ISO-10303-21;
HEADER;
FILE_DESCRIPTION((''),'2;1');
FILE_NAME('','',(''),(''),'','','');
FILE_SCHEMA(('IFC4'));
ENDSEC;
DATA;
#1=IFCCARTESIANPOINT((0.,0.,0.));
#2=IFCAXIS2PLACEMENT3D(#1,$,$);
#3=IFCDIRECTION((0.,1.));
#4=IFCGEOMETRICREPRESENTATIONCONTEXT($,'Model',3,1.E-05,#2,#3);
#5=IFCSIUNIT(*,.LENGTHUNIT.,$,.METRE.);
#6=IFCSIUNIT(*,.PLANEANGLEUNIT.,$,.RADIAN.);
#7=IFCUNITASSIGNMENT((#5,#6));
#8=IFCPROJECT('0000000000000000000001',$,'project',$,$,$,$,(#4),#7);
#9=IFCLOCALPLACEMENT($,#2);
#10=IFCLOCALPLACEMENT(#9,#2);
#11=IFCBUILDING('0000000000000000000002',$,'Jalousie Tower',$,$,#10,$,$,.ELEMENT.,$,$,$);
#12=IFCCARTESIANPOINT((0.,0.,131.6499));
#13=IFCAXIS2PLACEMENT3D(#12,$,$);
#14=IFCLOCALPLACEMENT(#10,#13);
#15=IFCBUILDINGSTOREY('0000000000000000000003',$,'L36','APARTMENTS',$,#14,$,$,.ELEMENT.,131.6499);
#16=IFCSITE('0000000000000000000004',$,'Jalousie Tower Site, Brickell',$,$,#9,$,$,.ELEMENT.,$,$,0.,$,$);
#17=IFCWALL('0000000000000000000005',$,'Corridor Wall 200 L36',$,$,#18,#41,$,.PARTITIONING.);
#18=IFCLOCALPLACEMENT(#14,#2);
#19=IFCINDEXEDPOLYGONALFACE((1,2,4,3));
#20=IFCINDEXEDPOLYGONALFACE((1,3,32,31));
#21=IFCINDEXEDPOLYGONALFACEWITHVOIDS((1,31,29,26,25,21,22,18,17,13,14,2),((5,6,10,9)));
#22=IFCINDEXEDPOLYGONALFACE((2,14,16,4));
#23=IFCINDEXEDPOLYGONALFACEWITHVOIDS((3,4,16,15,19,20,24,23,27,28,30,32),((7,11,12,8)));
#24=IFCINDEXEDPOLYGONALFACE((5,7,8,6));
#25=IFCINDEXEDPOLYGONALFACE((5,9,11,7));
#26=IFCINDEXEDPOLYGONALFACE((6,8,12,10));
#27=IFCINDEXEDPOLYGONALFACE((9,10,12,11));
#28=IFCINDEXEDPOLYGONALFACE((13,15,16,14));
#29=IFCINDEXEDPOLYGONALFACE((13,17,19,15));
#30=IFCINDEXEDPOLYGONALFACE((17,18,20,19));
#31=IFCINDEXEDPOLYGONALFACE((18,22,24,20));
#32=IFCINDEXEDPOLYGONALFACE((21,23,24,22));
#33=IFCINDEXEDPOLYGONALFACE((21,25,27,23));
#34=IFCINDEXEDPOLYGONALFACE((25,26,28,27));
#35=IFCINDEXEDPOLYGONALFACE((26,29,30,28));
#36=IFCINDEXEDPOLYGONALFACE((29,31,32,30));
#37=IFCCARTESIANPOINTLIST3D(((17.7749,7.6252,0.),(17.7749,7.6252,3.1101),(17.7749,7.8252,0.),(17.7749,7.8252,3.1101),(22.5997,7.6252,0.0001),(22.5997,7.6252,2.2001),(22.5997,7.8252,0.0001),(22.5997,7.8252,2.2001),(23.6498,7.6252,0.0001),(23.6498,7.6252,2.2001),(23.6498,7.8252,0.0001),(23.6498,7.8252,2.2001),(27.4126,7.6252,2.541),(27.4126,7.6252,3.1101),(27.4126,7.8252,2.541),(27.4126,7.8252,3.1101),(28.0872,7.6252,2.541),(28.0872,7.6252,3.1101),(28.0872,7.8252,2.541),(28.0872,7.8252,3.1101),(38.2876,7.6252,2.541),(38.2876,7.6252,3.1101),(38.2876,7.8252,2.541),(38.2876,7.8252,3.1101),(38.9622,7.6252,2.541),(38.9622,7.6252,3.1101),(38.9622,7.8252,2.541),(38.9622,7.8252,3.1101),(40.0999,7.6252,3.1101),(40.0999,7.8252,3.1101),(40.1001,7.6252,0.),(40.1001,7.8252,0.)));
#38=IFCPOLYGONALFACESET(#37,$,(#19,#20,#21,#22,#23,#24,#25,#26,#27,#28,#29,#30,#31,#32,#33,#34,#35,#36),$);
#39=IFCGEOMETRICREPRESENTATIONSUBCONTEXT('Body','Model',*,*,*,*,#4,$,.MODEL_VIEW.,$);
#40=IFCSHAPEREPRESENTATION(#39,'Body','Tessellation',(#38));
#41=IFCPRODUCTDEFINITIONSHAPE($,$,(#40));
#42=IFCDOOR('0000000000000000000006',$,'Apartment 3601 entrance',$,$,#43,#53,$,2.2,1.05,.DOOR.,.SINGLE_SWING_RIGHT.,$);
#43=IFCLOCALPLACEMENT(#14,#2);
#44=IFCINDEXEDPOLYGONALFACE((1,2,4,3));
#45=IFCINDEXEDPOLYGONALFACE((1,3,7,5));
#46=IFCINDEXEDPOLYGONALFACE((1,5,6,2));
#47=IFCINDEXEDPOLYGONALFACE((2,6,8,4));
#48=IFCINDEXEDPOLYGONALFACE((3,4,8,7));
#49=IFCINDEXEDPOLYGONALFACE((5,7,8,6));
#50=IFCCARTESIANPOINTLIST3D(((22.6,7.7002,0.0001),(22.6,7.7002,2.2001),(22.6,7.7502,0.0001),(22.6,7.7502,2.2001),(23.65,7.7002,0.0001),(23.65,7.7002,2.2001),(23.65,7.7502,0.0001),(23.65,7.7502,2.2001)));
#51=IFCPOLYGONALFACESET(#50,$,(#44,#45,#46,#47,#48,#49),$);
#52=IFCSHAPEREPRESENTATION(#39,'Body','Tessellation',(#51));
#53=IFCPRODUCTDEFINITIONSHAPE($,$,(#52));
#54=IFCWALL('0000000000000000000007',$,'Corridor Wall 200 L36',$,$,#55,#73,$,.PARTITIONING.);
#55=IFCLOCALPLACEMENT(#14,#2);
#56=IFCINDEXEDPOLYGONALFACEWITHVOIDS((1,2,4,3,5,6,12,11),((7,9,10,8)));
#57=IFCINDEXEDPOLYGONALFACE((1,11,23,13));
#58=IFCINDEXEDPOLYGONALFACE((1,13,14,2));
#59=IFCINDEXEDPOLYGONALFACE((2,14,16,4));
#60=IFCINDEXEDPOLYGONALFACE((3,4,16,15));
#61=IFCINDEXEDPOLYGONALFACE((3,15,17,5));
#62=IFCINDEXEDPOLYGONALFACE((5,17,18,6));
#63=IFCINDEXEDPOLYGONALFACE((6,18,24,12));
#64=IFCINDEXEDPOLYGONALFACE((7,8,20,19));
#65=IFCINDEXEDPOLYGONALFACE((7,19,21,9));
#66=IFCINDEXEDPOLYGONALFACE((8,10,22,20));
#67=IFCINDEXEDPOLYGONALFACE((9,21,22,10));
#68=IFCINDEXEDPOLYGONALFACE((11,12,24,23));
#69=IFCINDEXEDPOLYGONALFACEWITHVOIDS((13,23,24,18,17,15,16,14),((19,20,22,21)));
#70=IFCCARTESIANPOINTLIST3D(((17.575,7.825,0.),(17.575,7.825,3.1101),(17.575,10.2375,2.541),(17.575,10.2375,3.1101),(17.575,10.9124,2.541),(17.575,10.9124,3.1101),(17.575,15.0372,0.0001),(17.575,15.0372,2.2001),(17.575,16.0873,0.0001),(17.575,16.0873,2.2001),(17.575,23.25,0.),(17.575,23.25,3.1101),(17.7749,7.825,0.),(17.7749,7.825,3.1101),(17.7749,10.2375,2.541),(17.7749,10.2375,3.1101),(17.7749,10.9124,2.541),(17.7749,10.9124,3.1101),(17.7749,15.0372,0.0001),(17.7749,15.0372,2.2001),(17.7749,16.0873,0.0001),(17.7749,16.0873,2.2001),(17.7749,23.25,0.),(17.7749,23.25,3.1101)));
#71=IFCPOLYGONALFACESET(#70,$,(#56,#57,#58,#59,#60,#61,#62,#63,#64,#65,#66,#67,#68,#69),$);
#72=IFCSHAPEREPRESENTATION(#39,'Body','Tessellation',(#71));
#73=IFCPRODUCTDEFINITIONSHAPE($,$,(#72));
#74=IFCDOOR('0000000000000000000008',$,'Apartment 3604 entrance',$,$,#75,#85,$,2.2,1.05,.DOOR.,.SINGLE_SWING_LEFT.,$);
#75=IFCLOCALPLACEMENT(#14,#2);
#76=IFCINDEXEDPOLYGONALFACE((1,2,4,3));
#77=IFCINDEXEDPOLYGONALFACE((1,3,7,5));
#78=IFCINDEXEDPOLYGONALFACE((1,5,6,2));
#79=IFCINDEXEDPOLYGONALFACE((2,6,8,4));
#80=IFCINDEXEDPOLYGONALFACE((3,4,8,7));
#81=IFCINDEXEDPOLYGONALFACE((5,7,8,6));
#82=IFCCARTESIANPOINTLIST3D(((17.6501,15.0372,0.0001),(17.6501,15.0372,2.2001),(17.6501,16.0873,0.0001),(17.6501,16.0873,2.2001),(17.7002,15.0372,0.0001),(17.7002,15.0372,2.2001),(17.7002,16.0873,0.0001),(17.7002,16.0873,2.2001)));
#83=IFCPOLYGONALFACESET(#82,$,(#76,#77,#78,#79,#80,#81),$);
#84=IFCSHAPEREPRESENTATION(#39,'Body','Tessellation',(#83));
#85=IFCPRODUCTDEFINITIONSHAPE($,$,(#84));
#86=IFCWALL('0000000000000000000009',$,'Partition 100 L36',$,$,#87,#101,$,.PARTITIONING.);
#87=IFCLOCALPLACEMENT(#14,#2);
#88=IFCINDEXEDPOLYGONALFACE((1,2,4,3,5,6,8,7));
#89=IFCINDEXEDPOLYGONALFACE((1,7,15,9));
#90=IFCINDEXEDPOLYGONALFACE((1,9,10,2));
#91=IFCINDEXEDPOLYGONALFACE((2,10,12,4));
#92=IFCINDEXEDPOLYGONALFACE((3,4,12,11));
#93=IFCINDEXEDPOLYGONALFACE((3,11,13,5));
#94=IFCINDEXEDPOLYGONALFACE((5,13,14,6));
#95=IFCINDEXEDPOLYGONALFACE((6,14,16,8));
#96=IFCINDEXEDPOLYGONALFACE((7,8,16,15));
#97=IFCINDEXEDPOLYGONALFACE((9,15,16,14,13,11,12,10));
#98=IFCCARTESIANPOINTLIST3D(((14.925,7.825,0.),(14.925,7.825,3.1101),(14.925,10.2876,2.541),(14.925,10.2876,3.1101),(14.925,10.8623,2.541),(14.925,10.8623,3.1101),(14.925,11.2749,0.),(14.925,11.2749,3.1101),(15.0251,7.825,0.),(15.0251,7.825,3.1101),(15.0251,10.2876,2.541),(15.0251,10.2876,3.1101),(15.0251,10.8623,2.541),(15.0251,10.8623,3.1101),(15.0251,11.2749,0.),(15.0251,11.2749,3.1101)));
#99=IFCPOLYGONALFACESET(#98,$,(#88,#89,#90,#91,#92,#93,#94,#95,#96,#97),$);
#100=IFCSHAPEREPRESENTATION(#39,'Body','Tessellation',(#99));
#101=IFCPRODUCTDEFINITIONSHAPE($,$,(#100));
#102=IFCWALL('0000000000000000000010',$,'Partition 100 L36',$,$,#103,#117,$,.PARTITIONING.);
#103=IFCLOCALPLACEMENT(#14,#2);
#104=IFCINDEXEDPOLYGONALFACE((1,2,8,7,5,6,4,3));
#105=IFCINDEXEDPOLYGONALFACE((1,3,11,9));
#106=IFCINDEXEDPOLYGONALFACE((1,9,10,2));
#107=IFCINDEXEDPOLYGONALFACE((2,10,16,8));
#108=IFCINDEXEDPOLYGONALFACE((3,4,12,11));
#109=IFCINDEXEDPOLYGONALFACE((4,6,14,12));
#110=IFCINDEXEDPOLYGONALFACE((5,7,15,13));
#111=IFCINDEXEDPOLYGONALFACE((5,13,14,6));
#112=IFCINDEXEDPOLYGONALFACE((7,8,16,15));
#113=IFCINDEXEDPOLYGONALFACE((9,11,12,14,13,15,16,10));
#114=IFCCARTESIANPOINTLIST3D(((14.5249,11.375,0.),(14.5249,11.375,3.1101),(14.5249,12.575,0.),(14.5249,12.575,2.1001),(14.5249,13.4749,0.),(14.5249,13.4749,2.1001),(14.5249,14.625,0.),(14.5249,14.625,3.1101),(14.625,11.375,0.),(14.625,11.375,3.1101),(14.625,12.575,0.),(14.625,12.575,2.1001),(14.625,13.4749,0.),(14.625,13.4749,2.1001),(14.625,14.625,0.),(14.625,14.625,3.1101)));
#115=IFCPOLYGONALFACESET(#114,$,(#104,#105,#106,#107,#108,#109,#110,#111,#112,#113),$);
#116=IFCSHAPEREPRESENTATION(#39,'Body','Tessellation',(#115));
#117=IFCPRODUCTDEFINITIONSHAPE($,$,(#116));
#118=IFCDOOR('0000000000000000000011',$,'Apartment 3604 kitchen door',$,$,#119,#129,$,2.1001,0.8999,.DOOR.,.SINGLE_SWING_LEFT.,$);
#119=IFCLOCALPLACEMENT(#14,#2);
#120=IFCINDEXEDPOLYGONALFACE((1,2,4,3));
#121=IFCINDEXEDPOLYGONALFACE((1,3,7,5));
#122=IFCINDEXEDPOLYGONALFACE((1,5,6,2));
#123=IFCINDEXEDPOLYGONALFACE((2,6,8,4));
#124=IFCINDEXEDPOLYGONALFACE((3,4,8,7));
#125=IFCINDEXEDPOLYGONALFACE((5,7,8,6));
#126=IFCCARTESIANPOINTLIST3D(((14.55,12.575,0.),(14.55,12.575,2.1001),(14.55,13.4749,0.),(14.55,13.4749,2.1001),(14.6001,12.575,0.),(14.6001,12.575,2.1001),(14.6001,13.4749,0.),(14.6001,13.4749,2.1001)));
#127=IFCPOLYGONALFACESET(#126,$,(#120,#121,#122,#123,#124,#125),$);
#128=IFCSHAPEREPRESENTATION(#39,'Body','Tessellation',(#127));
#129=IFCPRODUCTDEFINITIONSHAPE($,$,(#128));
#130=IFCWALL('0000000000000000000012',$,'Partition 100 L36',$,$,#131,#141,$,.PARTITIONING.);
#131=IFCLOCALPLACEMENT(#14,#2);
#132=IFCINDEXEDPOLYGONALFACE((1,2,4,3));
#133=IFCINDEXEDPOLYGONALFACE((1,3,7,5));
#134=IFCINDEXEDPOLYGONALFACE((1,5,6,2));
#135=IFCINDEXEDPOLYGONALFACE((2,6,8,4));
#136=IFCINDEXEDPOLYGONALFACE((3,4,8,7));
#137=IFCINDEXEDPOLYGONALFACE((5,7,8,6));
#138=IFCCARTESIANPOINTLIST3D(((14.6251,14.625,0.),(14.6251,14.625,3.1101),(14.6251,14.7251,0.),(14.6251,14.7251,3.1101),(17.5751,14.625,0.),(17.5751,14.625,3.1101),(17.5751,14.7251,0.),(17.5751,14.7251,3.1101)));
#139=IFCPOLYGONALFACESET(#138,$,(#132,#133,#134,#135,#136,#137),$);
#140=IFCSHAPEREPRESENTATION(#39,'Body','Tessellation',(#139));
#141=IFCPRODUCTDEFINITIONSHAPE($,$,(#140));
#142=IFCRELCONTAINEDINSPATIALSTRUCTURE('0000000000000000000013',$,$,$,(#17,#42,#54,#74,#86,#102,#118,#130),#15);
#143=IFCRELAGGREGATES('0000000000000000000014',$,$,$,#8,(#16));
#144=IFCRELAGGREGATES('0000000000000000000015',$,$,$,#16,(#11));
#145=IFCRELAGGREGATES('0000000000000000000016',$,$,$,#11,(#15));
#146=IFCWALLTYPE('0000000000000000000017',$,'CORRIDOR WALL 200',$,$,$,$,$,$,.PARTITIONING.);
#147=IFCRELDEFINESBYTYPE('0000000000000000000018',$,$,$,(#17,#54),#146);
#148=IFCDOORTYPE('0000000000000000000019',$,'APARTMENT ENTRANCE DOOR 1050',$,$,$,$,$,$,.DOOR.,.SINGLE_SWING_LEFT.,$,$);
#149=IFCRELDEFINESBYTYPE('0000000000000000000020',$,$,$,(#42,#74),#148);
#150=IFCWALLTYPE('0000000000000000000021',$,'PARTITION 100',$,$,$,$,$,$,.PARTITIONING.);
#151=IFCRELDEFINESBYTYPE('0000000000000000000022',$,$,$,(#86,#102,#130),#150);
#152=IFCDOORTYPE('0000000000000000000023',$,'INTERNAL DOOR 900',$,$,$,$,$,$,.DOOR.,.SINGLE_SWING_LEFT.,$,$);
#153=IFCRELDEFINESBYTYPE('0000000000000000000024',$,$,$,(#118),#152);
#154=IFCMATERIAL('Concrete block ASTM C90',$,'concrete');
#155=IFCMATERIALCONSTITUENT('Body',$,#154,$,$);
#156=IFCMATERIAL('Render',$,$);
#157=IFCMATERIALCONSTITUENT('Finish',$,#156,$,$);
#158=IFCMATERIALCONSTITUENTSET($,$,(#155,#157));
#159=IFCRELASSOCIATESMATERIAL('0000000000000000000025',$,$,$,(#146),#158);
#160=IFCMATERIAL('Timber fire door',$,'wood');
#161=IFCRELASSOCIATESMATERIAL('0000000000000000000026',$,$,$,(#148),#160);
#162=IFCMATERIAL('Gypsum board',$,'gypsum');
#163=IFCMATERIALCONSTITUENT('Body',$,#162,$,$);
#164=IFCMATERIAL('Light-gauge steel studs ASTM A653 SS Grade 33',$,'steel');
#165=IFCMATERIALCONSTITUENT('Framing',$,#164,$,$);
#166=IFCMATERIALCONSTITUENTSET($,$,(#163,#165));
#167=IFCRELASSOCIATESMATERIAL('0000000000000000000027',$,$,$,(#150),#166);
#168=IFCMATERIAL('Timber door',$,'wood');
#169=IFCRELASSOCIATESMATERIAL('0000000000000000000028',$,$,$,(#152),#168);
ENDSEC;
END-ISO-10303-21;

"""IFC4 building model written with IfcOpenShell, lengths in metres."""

from ifc_helpers import new_model, si_unit, direction, frame, frame_2d, origin, place, context, subcontext, project, spatial, polyline, rectangle, outline, extrude, material, constituent, constituent_set, type_object, element, fill, save


model = new_model("IFC4")

# Units and contexts
model_context = context("Model", 3, precision=1e-05, world=origin(), true_north=direction((0.0, 1.0)))
body_context = subcontext(model_context, "Body", "Model", "MODEL_VIEW")
ifc_project = project(units=[si_unit("LENGTHUNIT", "METRE"), si_unit("PLANEANGLEUNIT", "RADIAN")], contexts=[model_context])

# Site, building, storey
site_placement = place(None, origin())
site = spatial("IfcSite", under=ifc_project, at=site_placement, Name="Jalousie Tower Site, Brickell", CompositionType="ELEMENT", RefElevation=0.0)
building_placement = place(site_placement, origin())
building = spatial("IfcBuilding", under=site, at=building_placement, Name="Jalousie Tower", CompositionType="ELEMENT")
storey_placement = place(building_placement, frame((0.0, 0.0, 131.6499)))
storey = spatial("IfcBuildingStorey", under=building, at=storey_placement, Name="L36", Description="APARTMENTS", CompositionType="ELEMENT", Elevation=131.6499)

# Walls, openings, doors
ifc_material_1 = material(Name="Concrete block ASTM C90", Category="concrete")
ifc_constituent_1 = constituent(ifc_material_1, Name="Body")
ifc_material_2 = material(Name="Render")
ifc_constituent_2 = constituent(ifc_material_2, Name="Finish")
ifc_constituent_set_1 = constituent_set(constituents=[ifc_constituent_1, ifc_constituent_2])
wall_type_1 = type_object("IfcWallType", Name="CORRIDOR WALL 200", PredefinedType="PARTITIONING", material=ifc_constituent_set_1)
wall_1_placement = place(storey_placement, frame((17.7749, 7.7251, 0.0), z_axis=(0.0, 0.0, 1.0), x_axis=(1.0, 0.0, 0.0)))
wall_1 = element("IfcWall", 1, at=wall_1_placement, inside=storey, type_object=wall_type_1, Name="Corridor Wall 200 L36", PredefinedType="PARTITIONING", context=body_context, shape_type="SweptSolid", body=[
    extrude(outline(polyline([(0.0, 0.0), (22.3252, 0.0), (22.325, 3.1101), (21.1873, 3.1101), (21.1873, 2.541), (20.5127, 2.541), (20.5127, 3.1101), (10.3123, 3.1101), (10.3123, 2.541), (9.6377, 2.541), (9.6377, 3.1101), (0.0, 3.1101), (0.0, 0.0)])), frame((0.0, 0.1001, 0.0), z_axis=(0.0, -1.0, 0.0), x_axis=(1.0, 0.0, 0.0)), (0.0, 0.0, 1.0), 0.2),
])
opening_1_placement = place(wall_1_placement, frame((4.825, 0.0, 0.0)))
opening_1 = element("IfcOpeningElement", 2, at=opening_1_placement, cuts=wall_1, PredefinedType="OPENING", context=body_context, shape_type="SweptSolid", body=[
    extrude(rectangle(XDim=1.05, YDim=2.2, at=frame_2d((0.5249, 1.1001))), frame((0.0, 0.1099, 0.0), z_axis=(0.0, -1.0, 0.0), x_axis=(1.0, 0.0, 0.0)), (0.0, 0.0, 1.0), 0.22),
])
ifc_material_3 = material(Name="Timber fire door", Category="wood")
door_type_1 = type_object("IfcDoorType", Name="APARTMENT ENTRANCE DOOR 1050", OperationType="SINGLE_SWING_LEFT", PredefinedType="DOOR", material=ifc_material_3)
door_1_placement = place(opening_1_placement, frame((1.05, 0.0, 0.0), z_axis=(0.0, 0.0, 1.0), x_axis=(-1.0, 0.0, 0.0)))
door_1 = element("IfcDoor", 3, at=door_1_placement, inside=storey, type_object=door_type_1, Name="Apartment 3601 entrance", OperationType="SINGLE_SWING_RIGHT", OverallHeight=2.2, OverallWidth=1.05, PredefinedType="DOOR", context=body_context, shape_type="SweptSolid", body=[
    extrude(rectangle(XDim=1.05, YDim=2.2, at=frame_2d((0.5249, 1.1001))), frame((0.0, 0.0249, 0.0), z_axis=(0.0, -1.0, 0.0), x_axis=(1.0, 0.0, 0.0)), (0.0, 0.0, 1.0), 0.05),
])
fill(opening_1, door_1)
wall_2_placement = place(storey_placement, frame((17.675, 7.825, 0.0), z_axis=(0.0, 0.0, 1.0), x_axis=(0.0, 1.0, 0.0)))
wall_2 = element("IfcWall", 4, at=wall_2_placement, inside=storey, type_object=wall_type_1, Name="Corridor Wall 200 L36", PredefinedType="PARTITIONING", context=body_context, shape_type="SweptSolid", body=[
    extrude(outline(polyline([(0.0, 0.0), (15.425, 0.0), (15.425, 3.1101), (3.0874, 3.1101), (3.0874, 2.541), (2.4126, 2.541), (2.4126, 3.1101), (0.0, 3.1101), (0.0, 0.0)])), frame((0.0, 0.1001, 0.0), z_axis=(0.0, -1.0, 0.0), x_axis=(1.0, 0.0, 0.0)), (0.0, 0.0, 1.0), 0.2),
])
opening_2_placement = place(wall_2_placement, frame((7.2124, 0.0, 0.0)))
opening_2 = element("IfcOpeningElement", 5, at=opening_2_placement, cuts=wall_2, PredefinedType="OPENING", context=body_context, shape_type="SweptSolid", body=[
    extrude(rectangle(XDim=1.05, YDim=2.2, at=frame_2d((0.5249, 1.1001))), frame((0.0, 0.1099, 0.0), z_axis=(0.0, -1.0, 0.0), x_axis=(1.0, 0.0, 0.0)), (0.0, 0.0, 1.0), 0.22),
])
door_2_placement = place(opening_2_placement, origin())
door_2 = element("IfcDoor", 6, at=door_2_placement, inside=storey, type_object=door_type_1, Name="Apartment 3604 entrance", OperationType="SINGLE_SWING_LEFT", OverallHeight=2.2, OverallWidth=1.05, PredefinedType="DOOR", context=body_context, shape_type="SweptSolid", body=[
    extrude(rectangle(XDim=1.05, YDim=2.2, at=frame_2d((0.5249, 1.1001))), frame((0.0, 0.0249, 0.0), z_axis=(0.0, -1.0, 0.0), x_axis=(1.0, 0.0, 0.0)), (0.0, 0.0, 1.0), 0.05),
])
fill(opening_2, door_2)

# Wall
ifc_material_4 = material(Name="Gypsum board", Category="gypsum")
ifc_constituent_3 = constituent(ifc_material_4, Name="Body")
ifc_material_5 = material(Name="Light-gauge steel studs ASTM A653 SS Grade 33", Category="steel")
ifc_constituent_4 = constituent(ifc_material_5, Name="Framing")
ifc_constituent_set_2 = constituent_set(constituents=[ifc_constituent_3, ifc_constituent_4])
wall_type_2 = type_object("IfcWallType", Name="PARTITION 100", PredefinedType="PARTITIONING", material=ifc_constituent_set_2)
wall_3_placement = place(storey_placement, frame((14.9751, 7.825, 0.0), z_axis=(0.0, 0.0, 1.0), x_axis=(0.0, 1.0, 0.0)))
element("IfcWall", 7, at=wall_3_placement, inside=storey, type_object=wall_type_2, Name="Partition 100 L36", PredefinedType="PARTITIONING", context=body_context, shape_type="SweptSolid", body=[
    extrude(outline(polyline([(0.0, 0.0), (3.45, 0.0), (3.45, 3.1101), (3.0374, 3.1101), (3.0374, 2.541), (2.4626, 2.541), (2.4626, 3.1101), (0.0, 3.1101), (0.0, 0.0)])), frame((0.0, 0.05, 0.0), z_axis=(0.0, -1.0, 0.0), x_axis=(1.0, 0.0, 0.0)), (0.0, 0.0, 1.0), 0.1001),
])

# Wall, opening, door
wall_4_placement = place(storey_placement, frame((14.575, 11.375, 0.0), z_axis=(0.0, 0.0, 1.0), x_axis=(0.0, 1.0, 0.0)))
wall_4 = element("IfcWall", 8, at=wall_4_placement, inside=storey, type_object=wall_type_2, Name="Partition 100 L36", PredefinedType="PARTITIONING", context=body_context, shape_type="SweptSolid", body=[
    extrude(rectangle(XDim=3.25, YDim=0.1001, at=frame_2d((1.625, 0.0))), origin(), (0.0, 0.0, 1.0), 3.1101),
])
opening_3_placement = place(wall_4_placement, frame((1.2, 0.0, 0.0)))
opening_3 = element("IfcOpeningElement", 9, at=opening_3_placement, cuts=wall_4, PredefinedType="OPENING", context=body_context, shape_type="SweptSolid", body=[
    extrude(rectangle(XDim=0.8999, YDim=2.1001, at=frame_2d((0.45, 1.05))), frame((0.0, 0.0601, 0.0), z_axis=(0.0, -1.0, 0.0), x_axis=(1.0, 0.0, 0.0)), (0.0, 0.0, 1.0), 0.1201),
])
ifc_material_6 = material(Name="Timber door", Category="wood")
door_type_2 = type_object("IfcDoorType", Name="INTERNAL DOOR 900", OperationType="SINGLE_SWING_LEFT", PredefinedType="DOOR", material=ifc_material_6)
door_3_placement = place(opening_3_placement, origin())
door_3 = element("IfcDoor", 10, at=door_3_placement, inside=storey, type_object=door_type_2, Name="Apartment 3604 kitchen door", OperationType="SINGLE_SWING_LEFT", OverallHeight=2.1001, OverallWidth=0.8999, PredefinedType="DOOR", context=body_context, shape_type="SweptSolid", body=[
    extrude(rectangle(XDim=0.8999, YDim=2.1001, at=frame_2d((0.45, 1.05))), frame((0.0, 0.0249, 0.0), z_axis=(0.0, -1.0, 0.0), x_axis=(1.0, 0.0, 0.0)), (0.0, 0.0, 1.0), 0.05),
])
fill(opening_3, door_3)

# Wall
wall_5_placement = place(storey_placement, frame((14.625, 14.675, 0.0), z_axis=(0.0, 0.0, 1.0), x_axis=(1.0, 0.0, 0.0)))
element("IfcWall", 11, at=wall_5_placement, inside=storey, type_object=wall_type_2, Name="Partition 100 L36", PredefinedType="PARTITIONING", context=body_context, shape_type="SweptSolid", body=[
    extrude(rectangle(XDim=2.95, YDim=0.1001, at=frame_2d((1.4751, 0.0))), origin(), (0.0, 0.0, 1.0), 3.1101),
])

save(model, "model.ifc")
